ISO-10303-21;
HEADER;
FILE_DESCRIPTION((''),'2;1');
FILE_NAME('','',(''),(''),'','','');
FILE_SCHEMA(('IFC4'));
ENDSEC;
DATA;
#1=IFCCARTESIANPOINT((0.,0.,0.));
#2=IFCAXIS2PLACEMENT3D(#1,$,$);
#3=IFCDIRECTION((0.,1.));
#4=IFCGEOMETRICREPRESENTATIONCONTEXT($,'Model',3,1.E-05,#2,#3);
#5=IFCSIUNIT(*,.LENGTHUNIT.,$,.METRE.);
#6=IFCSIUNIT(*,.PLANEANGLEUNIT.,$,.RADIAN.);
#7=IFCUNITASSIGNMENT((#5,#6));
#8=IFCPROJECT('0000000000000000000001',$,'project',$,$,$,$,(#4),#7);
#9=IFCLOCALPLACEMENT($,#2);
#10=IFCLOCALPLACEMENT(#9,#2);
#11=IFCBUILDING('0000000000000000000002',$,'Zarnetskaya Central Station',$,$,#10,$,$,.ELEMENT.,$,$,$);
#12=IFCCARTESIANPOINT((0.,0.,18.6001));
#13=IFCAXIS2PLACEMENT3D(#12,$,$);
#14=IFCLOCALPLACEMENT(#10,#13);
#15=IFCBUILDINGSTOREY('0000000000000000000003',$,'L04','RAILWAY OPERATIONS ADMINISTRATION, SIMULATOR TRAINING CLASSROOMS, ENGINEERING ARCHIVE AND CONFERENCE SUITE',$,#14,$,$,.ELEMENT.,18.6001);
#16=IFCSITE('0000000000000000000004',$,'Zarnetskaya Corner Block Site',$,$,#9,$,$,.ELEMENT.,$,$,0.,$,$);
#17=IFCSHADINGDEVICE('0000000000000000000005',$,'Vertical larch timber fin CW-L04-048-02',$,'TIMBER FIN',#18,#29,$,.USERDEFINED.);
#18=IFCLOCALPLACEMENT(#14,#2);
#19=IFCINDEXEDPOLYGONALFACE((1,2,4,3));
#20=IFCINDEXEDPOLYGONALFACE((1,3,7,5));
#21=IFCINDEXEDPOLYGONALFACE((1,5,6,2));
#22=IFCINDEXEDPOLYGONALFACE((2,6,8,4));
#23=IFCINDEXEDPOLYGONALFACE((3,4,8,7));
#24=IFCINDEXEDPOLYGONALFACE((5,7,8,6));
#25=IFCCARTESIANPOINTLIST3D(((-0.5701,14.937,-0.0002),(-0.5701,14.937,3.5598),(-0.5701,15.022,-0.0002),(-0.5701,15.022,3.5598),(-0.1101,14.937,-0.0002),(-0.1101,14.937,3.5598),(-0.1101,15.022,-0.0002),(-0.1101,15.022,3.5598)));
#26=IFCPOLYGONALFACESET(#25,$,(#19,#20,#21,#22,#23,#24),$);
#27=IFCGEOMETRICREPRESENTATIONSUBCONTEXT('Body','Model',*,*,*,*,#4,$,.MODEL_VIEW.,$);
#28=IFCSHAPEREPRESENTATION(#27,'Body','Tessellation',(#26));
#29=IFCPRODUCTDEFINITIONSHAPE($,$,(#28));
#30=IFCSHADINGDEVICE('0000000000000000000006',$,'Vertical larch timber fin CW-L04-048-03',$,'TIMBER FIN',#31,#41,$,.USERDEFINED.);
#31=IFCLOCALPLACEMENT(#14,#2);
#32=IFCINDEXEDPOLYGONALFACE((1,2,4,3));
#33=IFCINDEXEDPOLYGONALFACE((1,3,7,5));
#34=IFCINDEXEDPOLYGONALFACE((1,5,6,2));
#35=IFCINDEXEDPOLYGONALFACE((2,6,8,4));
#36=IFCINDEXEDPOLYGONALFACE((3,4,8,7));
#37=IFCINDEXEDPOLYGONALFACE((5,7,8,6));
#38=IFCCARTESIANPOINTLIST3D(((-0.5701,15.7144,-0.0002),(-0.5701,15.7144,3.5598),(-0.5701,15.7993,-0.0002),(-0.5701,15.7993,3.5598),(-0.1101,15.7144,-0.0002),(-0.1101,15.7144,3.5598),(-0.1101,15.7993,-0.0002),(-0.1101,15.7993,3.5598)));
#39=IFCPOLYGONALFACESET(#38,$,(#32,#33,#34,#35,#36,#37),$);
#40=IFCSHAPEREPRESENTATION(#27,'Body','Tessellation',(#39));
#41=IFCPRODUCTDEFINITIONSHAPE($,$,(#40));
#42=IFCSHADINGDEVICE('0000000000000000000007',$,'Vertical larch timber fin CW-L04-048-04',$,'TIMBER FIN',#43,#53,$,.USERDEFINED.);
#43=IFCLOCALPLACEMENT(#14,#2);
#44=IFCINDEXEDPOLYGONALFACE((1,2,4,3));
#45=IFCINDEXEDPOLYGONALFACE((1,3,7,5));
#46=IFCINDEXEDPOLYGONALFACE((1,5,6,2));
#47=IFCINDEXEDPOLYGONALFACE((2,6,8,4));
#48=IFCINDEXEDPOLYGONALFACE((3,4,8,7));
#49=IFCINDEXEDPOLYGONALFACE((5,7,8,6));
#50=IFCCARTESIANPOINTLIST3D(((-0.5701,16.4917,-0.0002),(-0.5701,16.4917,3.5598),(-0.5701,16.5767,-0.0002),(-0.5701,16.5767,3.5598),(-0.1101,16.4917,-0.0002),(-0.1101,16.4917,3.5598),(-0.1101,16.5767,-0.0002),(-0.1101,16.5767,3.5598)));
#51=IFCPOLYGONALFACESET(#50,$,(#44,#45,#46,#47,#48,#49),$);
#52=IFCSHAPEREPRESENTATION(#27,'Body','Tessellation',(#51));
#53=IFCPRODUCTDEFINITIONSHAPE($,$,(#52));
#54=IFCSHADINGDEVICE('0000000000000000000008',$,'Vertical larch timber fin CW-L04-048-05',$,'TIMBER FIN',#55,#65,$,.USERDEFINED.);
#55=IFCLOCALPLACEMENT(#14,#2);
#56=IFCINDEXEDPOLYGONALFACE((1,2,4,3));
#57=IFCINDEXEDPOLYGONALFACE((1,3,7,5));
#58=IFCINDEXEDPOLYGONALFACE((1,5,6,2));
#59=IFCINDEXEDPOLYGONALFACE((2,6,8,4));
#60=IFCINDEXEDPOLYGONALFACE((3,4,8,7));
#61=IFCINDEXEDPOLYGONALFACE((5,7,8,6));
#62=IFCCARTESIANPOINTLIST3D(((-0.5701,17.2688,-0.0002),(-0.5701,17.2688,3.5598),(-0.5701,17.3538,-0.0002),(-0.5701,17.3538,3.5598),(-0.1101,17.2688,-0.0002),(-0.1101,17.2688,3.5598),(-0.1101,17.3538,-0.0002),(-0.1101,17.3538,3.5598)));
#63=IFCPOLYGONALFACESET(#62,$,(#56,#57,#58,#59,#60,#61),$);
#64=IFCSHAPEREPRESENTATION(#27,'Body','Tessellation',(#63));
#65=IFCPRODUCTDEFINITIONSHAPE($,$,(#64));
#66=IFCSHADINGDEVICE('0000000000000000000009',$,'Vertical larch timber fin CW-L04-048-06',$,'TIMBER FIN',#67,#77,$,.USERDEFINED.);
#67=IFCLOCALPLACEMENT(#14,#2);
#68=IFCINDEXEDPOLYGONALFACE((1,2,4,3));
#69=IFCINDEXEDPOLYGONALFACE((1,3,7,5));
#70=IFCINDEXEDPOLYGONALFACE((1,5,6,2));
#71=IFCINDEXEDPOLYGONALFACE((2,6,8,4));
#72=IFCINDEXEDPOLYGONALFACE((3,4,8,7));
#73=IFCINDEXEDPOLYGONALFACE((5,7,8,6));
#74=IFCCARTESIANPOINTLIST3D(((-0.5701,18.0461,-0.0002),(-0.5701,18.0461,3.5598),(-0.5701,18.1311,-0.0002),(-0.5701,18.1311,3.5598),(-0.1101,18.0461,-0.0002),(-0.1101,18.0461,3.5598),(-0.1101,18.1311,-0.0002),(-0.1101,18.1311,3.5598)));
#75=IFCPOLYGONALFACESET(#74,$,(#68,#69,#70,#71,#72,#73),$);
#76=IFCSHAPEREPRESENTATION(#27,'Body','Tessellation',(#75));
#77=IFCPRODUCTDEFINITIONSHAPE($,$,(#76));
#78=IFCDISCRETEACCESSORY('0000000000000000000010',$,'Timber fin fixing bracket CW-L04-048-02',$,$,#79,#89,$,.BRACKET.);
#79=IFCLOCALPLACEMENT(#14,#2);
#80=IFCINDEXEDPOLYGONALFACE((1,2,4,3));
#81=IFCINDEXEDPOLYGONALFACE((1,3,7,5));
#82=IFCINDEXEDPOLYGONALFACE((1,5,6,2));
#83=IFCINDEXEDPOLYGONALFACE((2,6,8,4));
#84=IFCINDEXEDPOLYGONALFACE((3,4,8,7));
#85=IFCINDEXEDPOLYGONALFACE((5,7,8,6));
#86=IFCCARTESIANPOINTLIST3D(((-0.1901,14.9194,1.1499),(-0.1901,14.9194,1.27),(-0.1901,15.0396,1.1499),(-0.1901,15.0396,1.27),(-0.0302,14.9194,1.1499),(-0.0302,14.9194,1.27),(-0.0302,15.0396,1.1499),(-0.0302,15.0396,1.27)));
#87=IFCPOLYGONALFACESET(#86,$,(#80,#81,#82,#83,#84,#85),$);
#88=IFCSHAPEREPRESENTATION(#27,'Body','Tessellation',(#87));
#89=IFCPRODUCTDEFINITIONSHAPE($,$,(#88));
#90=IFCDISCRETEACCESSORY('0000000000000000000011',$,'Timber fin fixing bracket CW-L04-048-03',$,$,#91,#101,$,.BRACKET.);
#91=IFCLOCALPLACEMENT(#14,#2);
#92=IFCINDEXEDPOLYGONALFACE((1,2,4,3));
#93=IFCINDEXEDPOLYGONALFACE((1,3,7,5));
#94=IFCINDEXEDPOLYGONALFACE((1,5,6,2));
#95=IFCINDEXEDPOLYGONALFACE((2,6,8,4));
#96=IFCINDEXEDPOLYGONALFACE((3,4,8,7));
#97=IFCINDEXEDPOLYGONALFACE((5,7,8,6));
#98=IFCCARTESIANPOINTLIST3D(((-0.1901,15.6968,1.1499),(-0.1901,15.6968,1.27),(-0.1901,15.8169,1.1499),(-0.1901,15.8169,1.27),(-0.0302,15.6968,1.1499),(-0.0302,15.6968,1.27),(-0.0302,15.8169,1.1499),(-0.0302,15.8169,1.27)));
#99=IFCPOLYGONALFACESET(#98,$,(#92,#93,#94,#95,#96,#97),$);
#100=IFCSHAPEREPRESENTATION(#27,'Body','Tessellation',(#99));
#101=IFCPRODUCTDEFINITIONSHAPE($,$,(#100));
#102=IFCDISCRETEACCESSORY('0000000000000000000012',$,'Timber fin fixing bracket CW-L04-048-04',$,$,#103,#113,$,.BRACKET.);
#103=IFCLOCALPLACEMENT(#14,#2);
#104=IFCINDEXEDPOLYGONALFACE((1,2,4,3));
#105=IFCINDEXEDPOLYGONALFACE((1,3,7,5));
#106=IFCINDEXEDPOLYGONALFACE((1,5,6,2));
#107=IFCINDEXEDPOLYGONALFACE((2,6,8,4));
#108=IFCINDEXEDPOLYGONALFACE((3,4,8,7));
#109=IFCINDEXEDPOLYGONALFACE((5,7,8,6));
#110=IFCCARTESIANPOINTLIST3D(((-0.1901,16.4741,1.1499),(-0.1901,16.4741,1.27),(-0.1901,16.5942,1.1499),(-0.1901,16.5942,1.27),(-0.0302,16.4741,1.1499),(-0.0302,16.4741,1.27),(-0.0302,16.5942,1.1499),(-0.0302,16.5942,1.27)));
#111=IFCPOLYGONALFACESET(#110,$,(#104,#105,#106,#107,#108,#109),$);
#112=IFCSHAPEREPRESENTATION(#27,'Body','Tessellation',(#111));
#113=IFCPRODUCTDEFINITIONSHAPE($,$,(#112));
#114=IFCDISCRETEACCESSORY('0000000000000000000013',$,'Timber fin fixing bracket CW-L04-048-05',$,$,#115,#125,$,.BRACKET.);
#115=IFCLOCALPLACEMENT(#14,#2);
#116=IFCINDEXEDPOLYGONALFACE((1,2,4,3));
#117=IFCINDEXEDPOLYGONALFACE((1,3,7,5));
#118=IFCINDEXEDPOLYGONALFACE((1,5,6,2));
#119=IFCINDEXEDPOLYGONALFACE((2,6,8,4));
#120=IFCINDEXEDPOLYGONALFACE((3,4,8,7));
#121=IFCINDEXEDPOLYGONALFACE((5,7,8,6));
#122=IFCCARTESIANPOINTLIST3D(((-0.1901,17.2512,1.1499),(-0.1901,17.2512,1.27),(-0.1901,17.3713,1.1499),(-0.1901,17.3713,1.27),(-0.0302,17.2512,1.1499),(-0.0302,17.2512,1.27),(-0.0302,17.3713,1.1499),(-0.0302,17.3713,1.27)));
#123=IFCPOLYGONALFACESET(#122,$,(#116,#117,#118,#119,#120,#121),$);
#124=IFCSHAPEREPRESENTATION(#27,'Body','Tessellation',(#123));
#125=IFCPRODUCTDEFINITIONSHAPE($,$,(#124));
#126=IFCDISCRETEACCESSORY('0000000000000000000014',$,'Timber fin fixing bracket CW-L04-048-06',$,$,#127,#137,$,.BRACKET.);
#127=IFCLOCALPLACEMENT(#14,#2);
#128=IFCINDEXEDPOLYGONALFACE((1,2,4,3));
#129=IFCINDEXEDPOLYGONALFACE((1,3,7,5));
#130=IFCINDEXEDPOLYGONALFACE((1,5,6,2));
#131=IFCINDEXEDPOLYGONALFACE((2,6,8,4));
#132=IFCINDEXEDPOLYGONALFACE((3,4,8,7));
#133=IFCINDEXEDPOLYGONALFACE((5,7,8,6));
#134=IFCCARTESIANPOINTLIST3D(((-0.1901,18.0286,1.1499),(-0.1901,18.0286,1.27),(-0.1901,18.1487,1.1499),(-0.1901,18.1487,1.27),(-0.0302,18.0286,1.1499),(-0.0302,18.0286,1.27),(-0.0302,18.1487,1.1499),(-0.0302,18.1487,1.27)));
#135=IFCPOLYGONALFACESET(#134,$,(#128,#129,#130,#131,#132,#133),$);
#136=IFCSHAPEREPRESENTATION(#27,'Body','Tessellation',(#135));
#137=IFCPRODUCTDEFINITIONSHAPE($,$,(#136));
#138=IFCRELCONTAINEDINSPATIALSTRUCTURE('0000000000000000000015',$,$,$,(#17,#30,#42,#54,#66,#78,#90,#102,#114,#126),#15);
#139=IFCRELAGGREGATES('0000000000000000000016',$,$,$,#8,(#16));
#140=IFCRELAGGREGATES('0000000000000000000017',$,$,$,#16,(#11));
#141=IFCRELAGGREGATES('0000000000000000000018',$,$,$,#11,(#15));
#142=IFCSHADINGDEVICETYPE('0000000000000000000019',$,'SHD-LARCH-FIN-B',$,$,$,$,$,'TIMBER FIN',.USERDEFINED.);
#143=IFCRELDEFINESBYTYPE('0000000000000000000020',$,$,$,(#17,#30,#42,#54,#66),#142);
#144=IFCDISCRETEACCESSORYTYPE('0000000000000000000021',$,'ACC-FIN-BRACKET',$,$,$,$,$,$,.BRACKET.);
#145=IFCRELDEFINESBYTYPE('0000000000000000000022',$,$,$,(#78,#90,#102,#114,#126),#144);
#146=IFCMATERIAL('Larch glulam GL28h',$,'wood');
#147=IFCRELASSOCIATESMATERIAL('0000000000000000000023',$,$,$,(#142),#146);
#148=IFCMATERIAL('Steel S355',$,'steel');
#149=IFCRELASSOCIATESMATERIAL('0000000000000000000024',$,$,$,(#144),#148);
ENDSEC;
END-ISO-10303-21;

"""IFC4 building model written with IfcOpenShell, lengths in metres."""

from ifc_helpers import new_model, si_unit, direction, frame, origin, origin_2d, place, context, subcontext, project, spatial, rectangle, extrude, material, type_object, element, save


model = new_model("IFC4")

# Units and contexts
model_context = context("Model", 3, precision=1e-05, world=origin(), true_north=direction((0.0, 1.0)))
body_context = subcontext(model_context, "Body", "Model", "MODEL_VIEW")
ifc_project = project(units=[si_unit("LENGTHUNIT", "METRE"), si_unit("PLANEANGLEUNIT", "RADIAN")], contexts=[model_context])

# Site, building, storey
site_placement = place(None, origin())
site = spatial("IfcSite", under=ifc_project, at=site_placement, Name="Zarnetskaya Corner Block Site", CompositionType="ELEMENT", RefElevation=0.0)
building_placement = place(site_placement, origin())
building = spatial("IfcBuilding", under=site, at=building_placement, Name="Zarnetskaya Central Station", CompositionType="ELEMENT")
storey_placement = place(building_placement, frame((0.0, 0.0, 18.6001)))
storey = spatial("IfcBuildingStorey", under=building, at=storey_placement, Name="L04", Description="RAILWAY OPERATIONS ADMINISTRATION, SIMULATOR TRAINING CLASSROOMS, ENGINEERING ARCHIVE AND CONFERENCE SUITE", CompositionType="ELEMENT", Elevation=18.6001)

# Shared definitions
ifc_material_1 = material(Name="Steel S355", Category="steel")

# Shading devices
ifc_material_2 = material(Name="Larch glulam GL28h", Category="wood")
shading_device_type = type_object("IfcShadingDeviceType", Name="SHD-LARCH-FIN-B", ElementType="TIMBER FIN", PredefinedType="USERDEFINED", material=ifc_material_2)
for number, where, z_axis, x_axis, name in (
    (1, (-0.3401, 14.9795, -0.0002), (0.0, 0.0, 1.0), (0.0, 1.0, 0.0), "Vertical larch timber fin CW-L04-048-02"),
    (2, (-0.3401, 15.7568, -0.0002), (0.0, 0.0, 1.0), (0.0, 1.0, 0.0), "Vertical larch timber fin CW-L04-048-03"),
    (3, (-0.3401, 16.5342, -0.0002), (0.0, 0.0, 1.0), (0.0, 1.0, 0.0), "Vertical larch timber fin CW-L04-048-04"),
    (4, (-0.3401, 17.3113, -0.0002), (0.0, 0.0, 1.0), (0.0, 1.0, 0.0), "Vertical larch timber fin CW-L04-048-05"),
    (5, (-0.3401, 18.0886, -0.0002), (0.0, 0.0, 1.0), (0.0, 1.0, 0.0), "Vertical larch timber fin CW-L04-048-06"),
):
    element("IfcShadingDevice", number, at=place(storey_placement, frame(where, z_axis=z_axis, x_axis=x_axis)), inside=storey, type_object=shading_device_type, Name=name, ObjectType="TIMBER FIN", PredefinedType="USERDEFINED", context=body_context, shape_type="SweptSolid", body=[
        extrude(rectangle(XDim=0.085, YDim=0.46, at=origin_2d()), origin(), (0.0, 0.0, 1.0), 3.5601),
    ])

# Discrete accessories
discrete_accessory_type = type_object("IfcDiscreteAccessoryType", Name="ACC-FIN-BRACKET", PredefinedType="BRACKET", material=ifc_material_1)
for number, where, z_axis, x_axis, name in (
    (6, (-0.1101, 14.9795, 1.1499), (0.0, 0.0, 1.0), (0.0, 1.0, 0.0), "Timber fin fixing bracket CW-L04-048-02"),
    (7, (-0.1101, 15.7568, 1.1499), (0.0, 0.0, 1.0), (0.0, 1.0, 0.0), "Timber fin fixing bracket CW-L04-048-03"),
    (8, (-0.1101, 16.5342, 1.1499), (0.0, 0.0, 1.0), (0.0, 1.0, 0.0), "Timber fin fixing bracket CW-L04-048-04"),
    (9, (-0.1101, 17.3113, 1.1499), (0.0, 0.0, 1.0), (0.0, 1.0, 0.0), "Timber fin fixing bracket CW-L04-048-05"),
    (10, (-0.1101, 18.0886, 1.1499), (0.0, 0.0, 1.0), (0.0, 1.0, 0.0), "Timber fin fixing bracket CW-L04-048-06"),
):
    element("IfcDiscreteAccessory", number, at=place(storey_placement, frame(where, z_axis=z_axis, x_axis=x_axis)), inside=storey, type_object=discrete_accessory_type, Name=name, PredefinedType="BRACKET", context=body_context, shape_type="SweptSolid", body=[
        extrude(rectangle(XDim=0.1201, YDim=0.1599, at=origin_2d()), origin(), (0.0, 0.0, 1.0), 0.1201),
    ])

save(model, "model.ifc")
